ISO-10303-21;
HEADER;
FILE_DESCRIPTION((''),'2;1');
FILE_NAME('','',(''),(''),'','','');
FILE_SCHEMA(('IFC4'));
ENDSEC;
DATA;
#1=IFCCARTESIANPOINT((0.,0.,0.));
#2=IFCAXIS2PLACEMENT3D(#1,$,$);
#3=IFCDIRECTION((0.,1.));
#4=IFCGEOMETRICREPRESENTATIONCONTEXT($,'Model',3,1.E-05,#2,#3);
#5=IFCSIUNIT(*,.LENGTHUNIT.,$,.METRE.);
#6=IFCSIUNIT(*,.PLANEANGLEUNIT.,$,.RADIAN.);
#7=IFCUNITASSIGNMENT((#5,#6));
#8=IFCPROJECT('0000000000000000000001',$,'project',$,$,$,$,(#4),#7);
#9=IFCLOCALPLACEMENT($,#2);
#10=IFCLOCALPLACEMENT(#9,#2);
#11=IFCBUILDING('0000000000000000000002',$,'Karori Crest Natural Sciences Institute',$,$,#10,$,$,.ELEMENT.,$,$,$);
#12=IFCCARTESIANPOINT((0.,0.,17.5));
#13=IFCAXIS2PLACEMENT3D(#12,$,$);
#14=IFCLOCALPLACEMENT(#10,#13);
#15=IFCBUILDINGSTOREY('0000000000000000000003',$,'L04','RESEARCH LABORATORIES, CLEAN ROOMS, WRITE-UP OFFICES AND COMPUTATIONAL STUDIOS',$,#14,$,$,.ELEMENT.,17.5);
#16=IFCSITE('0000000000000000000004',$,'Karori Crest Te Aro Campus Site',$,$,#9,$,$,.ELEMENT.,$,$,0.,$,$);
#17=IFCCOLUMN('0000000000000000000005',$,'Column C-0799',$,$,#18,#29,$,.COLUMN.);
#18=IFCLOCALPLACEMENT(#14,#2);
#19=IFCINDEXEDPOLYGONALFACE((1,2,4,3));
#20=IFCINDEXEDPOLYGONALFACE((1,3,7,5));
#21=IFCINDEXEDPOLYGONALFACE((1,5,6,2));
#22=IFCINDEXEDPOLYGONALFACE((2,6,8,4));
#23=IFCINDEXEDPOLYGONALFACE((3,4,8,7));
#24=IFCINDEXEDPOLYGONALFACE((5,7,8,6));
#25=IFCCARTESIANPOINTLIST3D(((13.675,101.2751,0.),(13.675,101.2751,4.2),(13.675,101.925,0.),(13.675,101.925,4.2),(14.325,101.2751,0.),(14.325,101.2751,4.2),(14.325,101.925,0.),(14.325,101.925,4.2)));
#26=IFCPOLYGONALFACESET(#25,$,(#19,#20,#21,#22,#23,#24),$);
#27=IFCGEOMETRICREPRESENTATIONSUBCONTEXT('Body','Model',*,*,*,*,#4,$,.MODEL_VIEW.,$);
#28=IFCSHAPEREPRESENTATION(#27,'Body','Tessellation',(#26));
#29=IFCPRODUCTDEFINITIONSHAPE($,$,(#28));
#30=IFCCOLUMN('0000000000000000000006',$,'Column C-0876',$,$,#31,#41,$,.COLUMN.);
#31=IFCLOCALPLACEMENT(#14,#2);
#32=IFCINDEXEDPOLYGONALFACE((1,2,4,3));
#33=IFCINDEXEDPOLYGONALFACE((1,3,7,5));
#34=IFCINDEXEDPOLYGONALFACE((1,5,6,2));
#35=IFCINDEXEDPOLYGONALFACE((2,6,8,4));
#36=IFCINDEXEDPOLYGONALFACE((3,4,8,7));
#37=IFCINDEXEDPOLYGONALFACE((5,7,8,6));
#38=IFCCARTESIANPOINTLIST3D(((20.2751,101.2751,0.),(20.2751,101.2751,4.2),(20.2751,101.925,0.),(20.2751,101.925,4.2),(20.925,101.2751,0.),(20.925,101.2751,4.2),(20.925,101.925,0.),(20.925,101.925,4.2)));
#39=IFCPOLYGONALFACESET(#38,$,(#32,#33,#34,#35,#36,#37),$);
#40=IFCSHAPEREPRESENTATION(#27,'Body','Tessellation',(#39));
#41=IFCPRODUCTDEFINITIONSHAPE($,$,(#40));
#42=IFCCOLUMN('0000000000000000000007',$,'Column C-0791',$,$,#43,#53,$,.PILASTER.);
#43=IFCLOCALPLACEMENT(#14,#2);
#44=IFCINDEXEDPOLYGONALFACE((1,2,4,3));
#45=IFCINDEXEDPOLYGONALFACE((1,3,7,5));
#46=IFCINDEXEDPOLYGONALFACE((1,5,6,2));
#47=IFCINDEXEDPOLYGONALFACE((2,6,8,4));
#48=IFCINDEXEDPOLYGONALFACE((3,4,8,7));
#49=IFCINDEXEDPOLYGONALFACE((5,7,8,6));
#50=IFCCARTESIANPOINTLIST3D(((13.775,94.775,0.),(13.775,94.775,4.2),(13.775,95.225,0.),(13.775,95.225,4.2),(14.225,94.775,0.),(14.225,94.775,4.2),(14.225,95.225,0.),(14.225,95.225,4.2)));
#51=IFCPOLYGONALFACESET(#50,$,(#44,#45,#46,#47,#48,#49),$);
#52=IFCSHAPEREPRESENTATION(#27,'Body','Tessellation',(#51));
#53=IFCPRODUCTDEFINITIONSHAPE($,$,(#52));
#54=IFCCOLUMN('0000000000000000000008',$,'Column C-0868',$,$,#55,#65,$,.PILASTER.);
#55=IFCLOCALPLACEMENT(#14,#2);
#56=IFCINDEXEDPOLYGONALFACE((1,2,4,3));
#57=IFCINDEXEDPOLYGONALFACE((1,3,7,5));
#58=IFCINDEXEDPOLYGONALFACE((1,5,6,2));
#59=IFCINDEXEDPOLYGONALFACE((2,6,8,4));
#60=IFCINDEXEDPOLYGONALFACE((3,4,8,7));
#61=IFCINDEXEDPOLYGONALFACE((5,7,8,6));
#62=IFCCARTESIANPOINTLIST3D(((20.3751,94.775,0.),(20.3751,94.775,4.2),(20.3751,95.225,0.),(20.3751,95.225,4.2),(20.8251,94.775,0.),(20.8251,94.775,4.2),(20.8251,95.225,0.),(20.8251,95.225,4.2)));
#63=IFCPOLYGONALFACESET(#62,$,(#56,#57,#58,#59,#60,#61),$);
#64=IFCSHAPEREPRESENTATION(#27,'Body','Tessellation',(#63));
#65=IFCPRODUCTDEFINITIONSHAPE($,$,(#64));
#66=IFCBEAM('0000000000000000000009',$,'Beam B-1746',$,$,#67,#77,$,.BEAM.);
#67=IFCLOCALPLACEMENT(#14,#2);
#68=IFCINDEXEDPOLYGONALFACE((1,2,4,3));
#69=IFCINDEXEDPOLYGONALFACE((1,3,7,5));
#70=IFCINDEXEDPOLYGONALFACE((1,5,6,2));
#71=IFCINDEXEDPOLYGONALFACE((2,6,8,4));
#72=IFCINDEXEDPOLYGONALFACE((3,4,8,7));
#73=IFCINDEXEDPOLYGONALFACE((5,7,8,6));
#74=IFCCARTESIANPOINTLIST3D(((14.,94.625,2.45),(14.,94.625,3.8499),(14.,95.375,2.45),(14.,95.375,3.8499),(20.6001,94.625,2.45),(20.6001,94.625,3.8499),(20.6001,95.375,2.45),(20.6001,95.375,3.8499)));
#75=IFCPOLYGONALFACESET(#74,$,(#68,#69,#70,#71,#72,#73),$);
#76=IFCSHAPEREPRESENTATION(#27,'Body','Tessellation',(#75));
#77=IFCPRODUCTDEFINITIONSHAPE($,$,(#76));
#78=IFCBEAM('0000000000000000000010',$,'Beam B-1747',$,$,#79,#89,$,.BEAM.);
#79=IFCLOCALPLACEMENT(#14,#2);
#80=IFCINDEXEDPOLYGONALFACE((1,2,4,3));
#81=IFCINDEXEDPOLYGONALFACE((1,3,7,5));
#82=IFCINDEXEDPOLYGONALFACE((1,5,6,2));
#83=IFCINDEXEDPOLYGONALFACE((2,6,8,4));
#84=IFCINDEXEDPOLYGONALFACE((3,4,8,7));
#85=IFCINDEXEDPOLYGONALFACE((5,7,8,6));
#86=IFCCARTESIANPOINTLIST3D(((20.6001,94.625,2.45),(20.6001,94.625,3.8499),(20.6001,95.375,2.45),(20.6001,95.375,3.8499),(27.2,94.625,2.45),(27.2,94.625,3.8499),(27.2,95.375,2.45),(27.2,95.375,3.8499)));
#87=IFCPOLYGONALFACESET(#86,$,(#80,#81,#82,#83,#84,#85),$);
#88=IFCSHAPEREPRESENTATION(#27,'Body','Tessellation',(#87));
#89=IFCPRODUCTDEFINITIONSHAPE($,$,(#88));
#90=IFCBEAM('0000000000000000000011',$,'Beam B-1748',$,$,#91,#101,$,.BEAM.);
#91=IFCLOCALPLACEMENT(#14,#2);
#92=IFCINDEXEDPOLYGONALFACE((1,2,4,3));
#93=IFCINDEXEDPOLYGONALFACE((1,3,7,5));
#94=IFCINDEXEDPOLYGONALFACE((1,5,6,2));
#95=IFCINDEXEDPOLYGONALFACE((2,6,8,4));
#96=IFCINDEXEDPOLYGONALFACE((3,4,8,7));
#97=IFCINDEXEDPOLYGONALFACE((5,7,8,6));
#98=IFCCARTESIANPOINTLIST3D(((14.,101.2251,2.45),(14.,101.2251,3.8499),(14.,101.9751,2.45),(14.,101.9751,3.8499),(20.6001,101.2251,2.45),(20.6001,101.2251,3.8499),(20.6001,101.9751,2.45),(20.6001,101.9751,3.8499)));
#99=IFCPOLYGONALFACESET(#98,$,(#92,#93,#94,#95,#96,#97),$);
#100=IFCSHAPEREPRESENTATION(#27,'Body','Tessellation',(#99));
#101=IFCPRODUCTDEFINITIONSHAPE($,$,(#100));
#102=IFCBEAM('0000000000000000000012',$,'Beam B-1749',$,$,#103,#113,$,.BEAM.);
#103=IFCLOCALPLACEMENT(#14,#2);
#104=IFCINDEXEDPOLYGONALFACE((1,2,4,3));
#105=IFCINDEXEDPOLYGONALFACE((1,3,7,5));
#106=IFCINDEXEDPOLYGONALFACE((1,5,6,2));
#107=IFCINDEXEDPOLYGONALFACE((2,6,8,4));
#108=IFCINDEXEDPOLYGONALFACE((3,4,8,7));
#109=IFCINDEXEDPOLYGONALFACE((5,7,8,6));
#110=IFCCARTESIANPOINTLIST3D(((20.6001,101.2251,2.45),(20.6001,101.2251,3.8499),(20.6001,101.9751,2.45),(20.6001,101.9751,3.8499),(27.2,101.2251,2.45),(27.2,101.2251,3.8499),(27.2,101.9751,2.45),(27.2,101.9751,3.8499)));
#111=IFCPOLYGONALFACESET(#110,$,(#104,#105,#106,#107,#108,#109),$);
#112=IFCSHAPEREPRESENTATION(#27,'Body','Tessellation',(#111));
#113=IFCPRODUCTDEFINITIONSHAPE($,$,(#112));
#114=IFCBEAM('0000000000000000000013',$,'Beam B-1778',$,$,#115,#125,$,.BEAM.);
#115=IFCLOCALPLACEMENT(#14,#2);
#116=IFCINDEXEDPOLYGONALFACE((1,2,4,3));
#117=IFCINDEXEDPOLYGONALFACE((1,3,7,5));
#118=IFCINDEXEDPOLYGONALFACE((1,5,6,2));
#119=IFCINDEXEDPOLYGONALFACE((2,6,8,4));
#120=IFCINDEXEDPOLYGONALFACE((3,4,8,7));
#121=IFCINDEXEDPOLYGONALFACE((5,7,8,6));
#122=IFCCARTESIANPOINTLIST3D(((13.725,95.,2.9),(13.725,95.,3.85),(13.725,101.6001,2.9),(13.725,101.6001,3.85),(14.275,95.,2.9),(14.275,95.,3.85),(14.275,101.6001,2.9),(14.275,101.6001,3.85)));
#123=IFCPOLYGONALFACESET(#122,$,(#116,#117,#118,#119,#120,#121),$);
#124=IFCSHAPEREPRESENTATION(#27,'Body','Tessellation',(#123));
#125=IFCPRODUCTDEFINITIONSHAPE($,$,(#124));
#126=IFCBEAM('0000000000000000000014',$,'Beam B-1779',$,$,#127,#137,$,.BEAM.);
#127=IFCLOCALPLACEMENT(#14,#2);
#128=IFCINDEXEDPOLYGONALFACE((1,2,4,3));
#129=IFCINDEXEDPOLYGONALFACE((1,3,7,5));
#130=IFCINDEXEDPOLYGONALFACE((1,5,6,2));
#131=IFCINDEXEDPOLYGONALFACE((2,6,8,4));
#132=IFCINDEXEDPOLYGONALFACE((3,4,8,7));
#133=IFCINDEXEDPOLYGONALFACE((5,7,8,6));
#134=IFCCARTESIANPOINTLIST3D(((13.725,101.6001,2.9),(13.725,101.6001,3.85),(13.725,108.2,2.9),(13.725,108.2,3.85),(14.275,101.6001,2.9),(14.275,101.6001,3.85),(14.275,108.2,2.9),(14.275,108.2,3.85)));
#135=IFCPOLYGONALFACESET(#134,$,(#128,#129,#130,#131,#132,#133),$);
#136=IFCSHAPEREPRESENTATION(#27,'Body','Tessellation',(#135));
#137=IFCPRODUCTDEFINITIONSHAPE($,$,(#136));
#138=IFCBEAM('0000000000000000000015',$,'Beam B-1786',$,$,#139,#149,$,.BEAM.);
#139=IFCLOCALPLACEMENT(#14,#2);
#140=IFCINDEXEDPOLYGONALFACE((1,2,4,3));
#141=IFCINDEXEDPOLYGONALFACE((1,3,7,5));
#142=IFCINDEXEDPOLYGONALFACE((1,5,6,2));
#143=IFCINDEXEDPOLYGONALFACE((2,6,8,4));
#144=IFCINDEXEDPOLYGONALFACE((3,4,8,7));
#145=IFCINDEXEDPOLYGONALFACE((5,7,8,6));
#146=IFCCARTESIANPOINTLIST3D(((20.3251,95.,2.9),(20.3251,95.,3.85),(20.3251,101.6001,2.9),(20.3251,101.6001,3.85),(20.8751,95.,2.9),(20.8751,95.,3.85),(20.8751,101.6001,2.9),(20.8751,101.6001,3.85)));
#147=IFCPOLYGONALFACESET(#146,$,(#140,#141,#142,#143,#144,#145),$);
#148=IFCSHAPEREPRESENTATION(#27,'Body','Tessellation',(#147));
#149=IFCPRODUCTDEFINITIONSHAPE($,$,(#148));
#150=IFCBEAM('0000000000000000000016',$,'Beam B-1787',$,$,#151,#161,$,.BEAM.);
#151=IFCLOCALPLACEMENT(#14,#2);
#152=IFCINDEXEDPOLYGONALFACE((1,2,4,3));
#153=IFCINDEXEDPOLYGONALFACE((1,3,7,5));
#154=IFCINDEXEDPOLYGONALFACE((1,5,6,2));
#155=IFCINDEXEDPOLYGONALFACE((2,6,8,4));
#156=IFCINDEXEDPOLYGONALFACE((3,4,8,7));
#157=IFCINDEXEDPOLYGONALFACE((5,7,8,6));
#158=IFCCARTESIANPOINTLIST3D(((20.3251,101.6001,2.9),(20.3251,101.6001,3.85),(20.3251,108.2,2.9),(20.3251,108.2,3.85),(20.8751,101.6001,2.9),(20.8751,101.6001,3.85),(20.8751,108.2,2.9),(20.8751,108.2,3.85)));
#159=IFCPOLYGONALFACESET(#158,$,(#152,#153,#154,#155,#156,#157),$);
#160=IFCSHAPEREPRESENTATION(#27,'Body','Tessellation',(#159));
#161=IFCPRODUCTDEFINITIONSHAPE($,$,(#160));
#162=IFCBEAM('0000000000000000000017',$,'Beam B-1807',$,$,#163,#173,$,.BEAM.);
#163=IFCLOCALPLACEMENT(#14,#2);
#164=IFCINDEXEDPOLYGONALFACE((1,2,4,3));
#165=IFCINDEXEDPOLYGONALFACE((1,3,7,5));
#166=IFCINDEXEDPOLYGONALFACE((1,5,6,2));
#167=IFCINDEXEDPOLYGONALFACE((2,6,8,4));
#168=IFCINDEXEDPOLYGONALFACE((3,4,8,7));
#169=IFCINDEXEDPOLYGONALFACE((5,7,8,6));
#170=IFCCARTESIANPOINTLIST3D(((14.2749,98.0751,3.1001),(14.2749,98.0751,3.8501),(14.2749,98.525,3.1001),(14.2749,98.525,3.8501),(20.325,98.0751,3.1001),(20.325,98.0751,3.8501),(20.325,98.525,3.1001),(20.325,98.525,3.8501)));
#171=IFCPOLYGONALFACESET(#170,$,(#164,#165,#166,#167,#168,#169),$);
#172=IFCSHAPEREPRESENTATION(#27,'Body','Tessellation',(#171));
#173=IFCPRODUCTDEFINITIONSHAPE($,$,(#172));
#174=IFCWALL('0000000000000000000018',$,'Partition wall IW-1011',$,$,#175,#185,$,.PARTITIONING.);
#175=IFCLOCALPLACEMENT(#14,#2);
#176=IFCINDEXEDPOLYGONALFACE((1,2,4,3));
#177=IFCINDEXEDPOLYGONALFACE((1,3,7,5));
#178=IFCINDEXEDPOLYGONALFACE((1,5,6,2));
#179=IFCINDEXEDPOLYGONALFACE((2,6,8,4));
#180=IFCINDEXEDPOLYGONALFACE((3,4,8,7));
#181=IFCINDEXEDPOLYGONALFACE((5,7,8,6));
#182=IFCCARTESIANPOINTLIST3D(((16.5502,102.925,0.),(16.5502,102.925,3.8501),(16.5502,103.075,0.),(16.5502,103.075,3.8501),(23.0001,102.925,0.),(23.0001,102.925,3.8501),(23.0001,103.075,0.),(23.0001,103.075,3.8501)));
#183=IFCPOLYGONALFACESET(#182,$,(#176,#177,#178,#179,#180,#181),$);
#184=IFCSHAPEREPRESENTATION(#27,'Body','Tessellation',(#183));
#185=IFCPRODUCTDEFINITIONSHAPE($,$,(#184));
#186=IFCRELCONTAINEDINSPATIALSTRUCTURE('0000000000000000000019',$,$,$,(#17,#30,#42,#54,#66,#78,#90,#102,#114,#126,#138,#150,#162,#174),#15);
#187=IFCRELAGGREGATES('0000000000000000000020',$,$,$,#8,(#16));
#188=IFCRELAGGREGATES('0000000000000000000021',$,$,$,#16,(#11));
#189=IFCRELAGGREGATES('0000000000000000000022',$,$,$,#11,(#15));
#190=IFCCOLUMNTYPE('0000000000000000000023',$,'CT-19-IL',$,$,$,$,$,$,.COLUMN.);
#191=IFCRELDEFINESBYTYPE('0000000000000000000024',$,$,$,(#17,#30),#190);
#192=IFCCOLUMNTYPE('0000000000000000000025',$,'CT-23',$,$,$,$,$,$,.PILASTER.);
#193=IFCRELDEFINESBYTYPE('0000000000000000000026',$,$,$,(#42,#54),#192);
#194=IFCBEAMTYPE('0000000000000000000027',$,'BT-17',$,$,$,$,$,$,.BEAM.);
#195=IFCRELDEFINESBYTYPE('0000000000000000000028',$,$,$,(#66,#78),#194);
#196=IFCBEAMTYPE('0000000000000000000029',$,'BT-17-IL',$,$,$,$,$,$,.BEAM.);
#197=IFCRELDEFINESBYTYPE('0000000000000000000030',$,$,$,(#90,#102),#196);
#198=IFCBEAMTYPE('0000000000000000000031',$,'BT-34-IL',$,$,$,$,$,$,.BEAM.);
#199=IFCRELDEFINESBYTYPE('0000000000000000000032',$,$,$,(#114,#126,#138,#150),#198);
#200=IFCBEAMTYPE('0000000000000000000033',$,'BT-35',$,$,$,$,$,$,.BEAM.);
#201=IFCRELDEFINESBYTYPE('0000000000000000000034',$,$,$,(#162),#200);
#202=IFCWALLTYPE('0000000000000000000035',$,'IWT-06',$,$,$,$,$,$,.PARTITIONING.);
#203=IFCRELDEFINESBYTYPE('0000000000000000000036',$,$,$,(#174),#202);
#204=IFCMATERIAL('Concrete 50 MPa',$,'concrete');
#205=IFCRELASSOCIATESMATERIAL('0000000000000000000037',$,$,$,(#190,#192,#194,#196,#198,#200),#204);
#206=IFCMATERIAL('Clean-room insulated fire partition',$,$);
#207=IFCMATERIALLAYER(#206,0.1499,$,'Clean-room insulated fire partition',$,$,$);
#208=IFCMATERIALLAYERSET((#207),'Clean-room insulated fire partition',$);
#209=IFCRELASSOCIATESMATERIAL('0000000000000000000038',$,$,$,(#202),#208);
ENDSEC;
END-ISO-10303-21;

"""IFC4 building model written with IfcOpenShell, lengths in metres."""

from ifc_helpers import new_model, si_unit, direction, frame, frame_2d, origin, origin_2d, place, context, subcontext, project, spatial, rectangle, extrude, material, layer, layer_set, material_profile, profile_set, type_object, element, save


model = new_model("IFC4")

# Units and contexts
model_context = context("Model", 3, precision=1e-05, world=origin(), true_north=direction((0.0, 1.0)))
body_context = subcontext(model_context, "Body", "Model", "MODEL_VIEW")
ifc_project = project(units=[si_unit("LENGTHUNIT", "METRE"), si_unit("PLANEANGLEUNIT", "RADIAN")], contexts=[model_context])

# Site, building, storey
site_placement = place(None, origin())
site = spatial("IfcSite", under=ifc_project, at=site_placement, Name="Karori Crest Te Aro Campus Site", CompositionType="ELEMENT", RefElevation=0.0)
building_placement = place(site_placement, origin())
building = spatial("IfcBuilding", under=site, at=building_placement, Name="Karori Crest Natural Sciences Institute", CompositionType="ELEMENT")
storey_placement = place(building_placement, frame((0.0, 0.0, 17.5)))
storey = spatial("IfcBuildingStorey", under=building, at=storey_placement, Name="L04", Description="RESEARCH LABORATORIES, CLEAN ROOMS, WRITE-UP OFFICES AND COMPUTATIONAL STUDIOS", CompositionType="ELEMENT", Elevation=17.5)

# Columns
ifc_material_1 = material(Name="Concrete 50 MPa", Category="concrete")
ifc_material_profile_1 = material_profile(ifc_material_1, rectangle(XDim=0.6499, YDim=0.6499, at=origin_2d()), Name="RC650x650")
ifc_profile_set_1 = profile_set([ifc_material_profile_1], Name="Concrete 50 MPa")
column_type_1 = type_object("IfcColumnType", Name="CT-19-IL", PredefinedType="COLUMN", material=ifc_profile_set_1)
for number, where, z_axis, x_axis, name in (
    (1, (14.0, 101.6001, 0.0), (0.0, 0.0, 1.0), (1.0, 0.0, 0.0), "Column C-0799"),
    (2, (20.6001, 101.6001, 0.0), (0.0, 0.0, 1.0), (1.0, 0.0, 0.0), "Column C-0876"),
):
    element("IfcColumn", number, at=place(storey_placement, frame(where, z_axis=z_axis, x_axis=x_axis)), inside=storey, type_object=column_type_1, Name=name, PredefinedType="COLUMN", context=body_context, shape_type="SweptSolid", body=[
        extrude(rectangle(XDim=0.6499, YDim=0.6499, at=origin_2d()), origin(), (0.0, 0.0, 1.0), 4.2),
    ])
ifc_material_profile_2 = material_profile(ifc_material_1, rectangle(XDim=0.45, YDim=0.45, at=origin_2d()), Name="RC450x450")
ifc_profile_set_2 = profile_set([ifc_material_profile_2], Name="Concrete 50 MPa")
column_type_2 = type_object("IfcColumnType", Name="CT-23", PredefinedType="PILASTER", material=ifc_profile_set_2)
for number, where, z_axis, x_axis, name in (
    (3, (14.0, 95.0, 0.0), (0.0, 0.0, 1.0), (1.0, 0.0, 0.0), "Column C-0791"),
    (4, (20.6001, 95.0, 0.0), (0.0, 0.0, 1.0), (1.0, 0.0, 0.0), "Column C-0868"),
):
    element("IfcColumn", number, at=place(storey_placement, frame(where, z_axis=z_axis, x_axis=x_axis)), inside=storey, type_object=column_type_2, Name=name, PredefinedType="PILASTER", context=body_context, shape_type="SweptSolid", body=[
        extrude(rectangle(XDim=0.45, YDim=0.45, at=origin_2d()), origin(), (0.0, 0.0, 1.0), 4.2),
    ])

# Beams
ifc_material_profile_3 = material_profile(ifc_material_1, rectangle(XDim=0.75, YDim=1.3999, at=origin_2d()), Name="RCB750x1400")
ifc_profile_set_3 = profile_set([ifc_material_profile_3], Name="Concrete 50 MPa")
beam_type_1 = type_object("IfcBeamType", Name="BT-17", PredefinedType="BEAM", material=ifc_profile_set_3)
beam_1_placement = place(storey_placement, frame((14.0, 95.0, 3.1499), z_axis=(1.0, 0.0, 0.0), x_axis=(0.0, 1.0, 0.0)))
element("IfcBeam", 5, at=beam_1_placement, inside=storey, type_object=beam_type_1, Name="Beam B-1746", PredefinedType="BEAM", context=body_context, shape_type="SweptSolid", body=[
    extrude(rectangle(XDim=0.75, YDim=1.3999, at=origin_2d()), origin(), (0.0, 0.0, 1.0), 6.6001),
])
beam_2_placement = place(storey_placement, frame((20.6001, 95.0, 3.1499), z_axis=(1.0, 0.0, 0.0), x_axis=(0.0, 1.0, 0.0)))
element("IfcBeam", 6, at=beam_2_placement, inside=storey, type_object=beam_type_1, Name="Beam B-1747", PredefinedType="BEAM", context=body_context, shape_type="SweptSolid", body=[
    extrude(rectangle(XDim=0.75, YDim=1.3999, at=origin_2d()), origin(), (0.0, 0.0, 1.0), 6.5999),
])
ifc_material_profile_4 = material_profile(ifc_material_1, rectangle(XDim=0.75, YDim=1.3999, at=origin_2d()), Name="RCB750x1400")
ifc_profile_set_4 = profile_set([ifc_material_profile_4], Name="Concrete 50 MPa")
beam_type_2 = type_object("IfcBeamType", Name="BT-17-IL", PredefinedType="BEAM", material=ifc_profile_set_4)
beam_3_placement = place(storey_placement, frame((14.0, 101.6001, 3.1499), z_axis=(1.0, 0.0, 0.0), x_axis=(0.0, 1.0, 0.0)))
element("IfcBeam", 7, at=beam_3_placement, inside=storey, type_object=beam_type_2, Name="Beam B-1748", PredefinedType="BEAM", context=body_context, shape_type="SweptSolid", body=[
    extrude(rectangle(XDim=0.75, YDim=1.3999, at=origin_2d()), origin(), (0.0, 0.0, 1.0), 6.6001),
])
beam_4_placement = place(storey_placement, frame((20.6001, 101.6001, 3.1499), z_axis=(1.0, 0.0, 0.0), x_axis=(0.0, 1.0, 0.0)))
element("IfcBeam", 8, at=beam_4_placement, inside=storey, type_object=beam_type_2, Name="Beam B-1749", PredefinedType="BEAM", context=body_context, shape_type="SweptSolid", body=[
    extrude(rectangle(XDim=0.75, YDim=1.3999, at=origin_2d()), origin(), (0.0, 0.0, 1.0), 6.5999),
])
ifc_material_profile_5 = material_profile(ifc_material_1, rectangle(XDim=0.55, YDim=0.95, at=origin_2d()), Name="RCB550x950")
ifc_profile_set_5 = profile_set([ifc_material_profile_5], Name="Concrete 50 MPa")
beam_type_3 = type_object("IfcBeamType", Name="BT-34-IL", PredefinedType="BEAM", material=ifc_profile_set_5)
beam_5_placement = place(storey_placement, frame((14.0, 95.0, 3.375), z_axis=(0.0, 1.0, 0.0), x_axis=(-1.0, 0.0, 0.0)))
element("IfcBeam", 9, at=beam_5_placement, inside=storey, type_object=beam_type_3, Name="Beam B-1778", PredefinedType="BEAM", context=body_context, shape_type="SweptSolid", body=[
    extrude(rectangle(XDim=0.55, YDim=0.95, at=origin_2d()), origin(), (0.0, 0.0, 1.0), 6.6001),
])
beam_6_placement = place(storey_placement, frame((14.0, 101.6001, 3.375), z_axis=(0.0, 1.0, 0.0), x_axis=(-1.0, 0.0, 0.0)))
element("IfcBeam", 10, at=beam_6_placement, inside=storey, type_object=beam_type_3, Name="Beam B-1779", PredefinedType="BEAM", context=body_context, shape_type="SweptSolid", body=[
    extrude(rectangle(XDim=0.55, YDim=0.95, at=origin_2d()), origin(), (0.0, 0.0, 1.0), 6.5999),
])
beam_7_placement = place(storey_placement, frame((20.6001, 95.0, 3.375), z_axis=(0.0, 1.0, 0.0), x_axis=(-1.0, 0.0, 0.0)))
element("IfcBeam", 11, at=beam_7_placement, inside=storey, type_object=beam_type_3, Name="Beam B-1786", PredefinedType="BEAM", context=body_context, shape_type="SweptSolid", body=[
    extrude(rectangle(XDim=0.55, YDim=0.95, at=origin_2d()), origin(), (0.0, 0.0, 1.0), 6.6001),
])
beam_8_placement = place(storey_placement, frame((20.6001, 101.6001, 3.375), z_axis=(0.0, 1.0, 0.0), x_axis=(-1.0, 0.0, 0.0)))
element("IfcBeam", 12, at=beam_8_placement, inside=storey, type_object=beam_type_3, Name="Beam B-1787", PredefinedType="BEAM", context=body_context, shape_type="SweptSolid", body=[
    extrude(rectangle(XDim=0.55, YDim=0.95, at=origin_2d()), origin(), (0.0, 0.0, 1.0), 6.5999),
])
ifc_material_profile_6 = material_profile(ifc_material_1, rectangle(XDim=0.45, YDim=0.75, at=origin_2d()), Name="RCB450x750")
ifc_profile_set_6 = profile_set([ifc_material_profile_6], Name="Concrete 50 MPa")
beam_type_4 = type_object("IfcBeamType", Name="BT-35", PredefinedType="BEAM", material=ifc_profile_set_6)
beam_9_placement = place(storey_placement, frame((14.2749, 98.3, 3.4751), z_axis=(1.0, 0.0, 0.0), x_axis=(0.0, 1.0, 0.0)))
element("IfcBeam", 13, at=beam_9_placement, inside=storey, type_object=beam_type_4, Name="Beam B-1807", PredefinedType="BEAM", context=body_context, shape_type="SweptSolid", body=[
    extrude(rectangle(XDim=0.45, YDim=0.75, at=origin_2d()), origin(), (0.0, 0.0, 1.0), 6.05),
])

# Wall
ifc_material_2 = material(Name="Clean-room insulated fire partition")
ifc_layer_1 = layer(ifc_material_2, 0.1499, Name="Clean-room insulated fire partition")
ifc_layer_set_1 = layer_set([ifc_layer_1], Name="Clean-room insulated fire partition")
wall_type_1 = type_object("IfcWallType", Name="IWT-06", PredefinedType="PARTITIONING", material=ifc_layer_set_1)
wall_1_placement = place(storey_placement, frame((16.55, 103.0, 0.0), z_axis=(0.0, 0.0, 1.0), x_axis=(1.0, 0.0, 0.0)))
element("IfcWall", 14, at=wall_1_placement, inside=storey, type_object=wall_type_1, Name="Partition wall IW-1011", PredefinedType="PARTITIONING", context=body_context, shape_type="SweptSolid", body=[
    extrude(rectangle(XDim=6.45, YDim=0.1499, at=frame_2d((3.2251, 0.0))), origin(), (0.0, 0.0, 1.0), 3.8501),
])

save(model, "model.ifc")
